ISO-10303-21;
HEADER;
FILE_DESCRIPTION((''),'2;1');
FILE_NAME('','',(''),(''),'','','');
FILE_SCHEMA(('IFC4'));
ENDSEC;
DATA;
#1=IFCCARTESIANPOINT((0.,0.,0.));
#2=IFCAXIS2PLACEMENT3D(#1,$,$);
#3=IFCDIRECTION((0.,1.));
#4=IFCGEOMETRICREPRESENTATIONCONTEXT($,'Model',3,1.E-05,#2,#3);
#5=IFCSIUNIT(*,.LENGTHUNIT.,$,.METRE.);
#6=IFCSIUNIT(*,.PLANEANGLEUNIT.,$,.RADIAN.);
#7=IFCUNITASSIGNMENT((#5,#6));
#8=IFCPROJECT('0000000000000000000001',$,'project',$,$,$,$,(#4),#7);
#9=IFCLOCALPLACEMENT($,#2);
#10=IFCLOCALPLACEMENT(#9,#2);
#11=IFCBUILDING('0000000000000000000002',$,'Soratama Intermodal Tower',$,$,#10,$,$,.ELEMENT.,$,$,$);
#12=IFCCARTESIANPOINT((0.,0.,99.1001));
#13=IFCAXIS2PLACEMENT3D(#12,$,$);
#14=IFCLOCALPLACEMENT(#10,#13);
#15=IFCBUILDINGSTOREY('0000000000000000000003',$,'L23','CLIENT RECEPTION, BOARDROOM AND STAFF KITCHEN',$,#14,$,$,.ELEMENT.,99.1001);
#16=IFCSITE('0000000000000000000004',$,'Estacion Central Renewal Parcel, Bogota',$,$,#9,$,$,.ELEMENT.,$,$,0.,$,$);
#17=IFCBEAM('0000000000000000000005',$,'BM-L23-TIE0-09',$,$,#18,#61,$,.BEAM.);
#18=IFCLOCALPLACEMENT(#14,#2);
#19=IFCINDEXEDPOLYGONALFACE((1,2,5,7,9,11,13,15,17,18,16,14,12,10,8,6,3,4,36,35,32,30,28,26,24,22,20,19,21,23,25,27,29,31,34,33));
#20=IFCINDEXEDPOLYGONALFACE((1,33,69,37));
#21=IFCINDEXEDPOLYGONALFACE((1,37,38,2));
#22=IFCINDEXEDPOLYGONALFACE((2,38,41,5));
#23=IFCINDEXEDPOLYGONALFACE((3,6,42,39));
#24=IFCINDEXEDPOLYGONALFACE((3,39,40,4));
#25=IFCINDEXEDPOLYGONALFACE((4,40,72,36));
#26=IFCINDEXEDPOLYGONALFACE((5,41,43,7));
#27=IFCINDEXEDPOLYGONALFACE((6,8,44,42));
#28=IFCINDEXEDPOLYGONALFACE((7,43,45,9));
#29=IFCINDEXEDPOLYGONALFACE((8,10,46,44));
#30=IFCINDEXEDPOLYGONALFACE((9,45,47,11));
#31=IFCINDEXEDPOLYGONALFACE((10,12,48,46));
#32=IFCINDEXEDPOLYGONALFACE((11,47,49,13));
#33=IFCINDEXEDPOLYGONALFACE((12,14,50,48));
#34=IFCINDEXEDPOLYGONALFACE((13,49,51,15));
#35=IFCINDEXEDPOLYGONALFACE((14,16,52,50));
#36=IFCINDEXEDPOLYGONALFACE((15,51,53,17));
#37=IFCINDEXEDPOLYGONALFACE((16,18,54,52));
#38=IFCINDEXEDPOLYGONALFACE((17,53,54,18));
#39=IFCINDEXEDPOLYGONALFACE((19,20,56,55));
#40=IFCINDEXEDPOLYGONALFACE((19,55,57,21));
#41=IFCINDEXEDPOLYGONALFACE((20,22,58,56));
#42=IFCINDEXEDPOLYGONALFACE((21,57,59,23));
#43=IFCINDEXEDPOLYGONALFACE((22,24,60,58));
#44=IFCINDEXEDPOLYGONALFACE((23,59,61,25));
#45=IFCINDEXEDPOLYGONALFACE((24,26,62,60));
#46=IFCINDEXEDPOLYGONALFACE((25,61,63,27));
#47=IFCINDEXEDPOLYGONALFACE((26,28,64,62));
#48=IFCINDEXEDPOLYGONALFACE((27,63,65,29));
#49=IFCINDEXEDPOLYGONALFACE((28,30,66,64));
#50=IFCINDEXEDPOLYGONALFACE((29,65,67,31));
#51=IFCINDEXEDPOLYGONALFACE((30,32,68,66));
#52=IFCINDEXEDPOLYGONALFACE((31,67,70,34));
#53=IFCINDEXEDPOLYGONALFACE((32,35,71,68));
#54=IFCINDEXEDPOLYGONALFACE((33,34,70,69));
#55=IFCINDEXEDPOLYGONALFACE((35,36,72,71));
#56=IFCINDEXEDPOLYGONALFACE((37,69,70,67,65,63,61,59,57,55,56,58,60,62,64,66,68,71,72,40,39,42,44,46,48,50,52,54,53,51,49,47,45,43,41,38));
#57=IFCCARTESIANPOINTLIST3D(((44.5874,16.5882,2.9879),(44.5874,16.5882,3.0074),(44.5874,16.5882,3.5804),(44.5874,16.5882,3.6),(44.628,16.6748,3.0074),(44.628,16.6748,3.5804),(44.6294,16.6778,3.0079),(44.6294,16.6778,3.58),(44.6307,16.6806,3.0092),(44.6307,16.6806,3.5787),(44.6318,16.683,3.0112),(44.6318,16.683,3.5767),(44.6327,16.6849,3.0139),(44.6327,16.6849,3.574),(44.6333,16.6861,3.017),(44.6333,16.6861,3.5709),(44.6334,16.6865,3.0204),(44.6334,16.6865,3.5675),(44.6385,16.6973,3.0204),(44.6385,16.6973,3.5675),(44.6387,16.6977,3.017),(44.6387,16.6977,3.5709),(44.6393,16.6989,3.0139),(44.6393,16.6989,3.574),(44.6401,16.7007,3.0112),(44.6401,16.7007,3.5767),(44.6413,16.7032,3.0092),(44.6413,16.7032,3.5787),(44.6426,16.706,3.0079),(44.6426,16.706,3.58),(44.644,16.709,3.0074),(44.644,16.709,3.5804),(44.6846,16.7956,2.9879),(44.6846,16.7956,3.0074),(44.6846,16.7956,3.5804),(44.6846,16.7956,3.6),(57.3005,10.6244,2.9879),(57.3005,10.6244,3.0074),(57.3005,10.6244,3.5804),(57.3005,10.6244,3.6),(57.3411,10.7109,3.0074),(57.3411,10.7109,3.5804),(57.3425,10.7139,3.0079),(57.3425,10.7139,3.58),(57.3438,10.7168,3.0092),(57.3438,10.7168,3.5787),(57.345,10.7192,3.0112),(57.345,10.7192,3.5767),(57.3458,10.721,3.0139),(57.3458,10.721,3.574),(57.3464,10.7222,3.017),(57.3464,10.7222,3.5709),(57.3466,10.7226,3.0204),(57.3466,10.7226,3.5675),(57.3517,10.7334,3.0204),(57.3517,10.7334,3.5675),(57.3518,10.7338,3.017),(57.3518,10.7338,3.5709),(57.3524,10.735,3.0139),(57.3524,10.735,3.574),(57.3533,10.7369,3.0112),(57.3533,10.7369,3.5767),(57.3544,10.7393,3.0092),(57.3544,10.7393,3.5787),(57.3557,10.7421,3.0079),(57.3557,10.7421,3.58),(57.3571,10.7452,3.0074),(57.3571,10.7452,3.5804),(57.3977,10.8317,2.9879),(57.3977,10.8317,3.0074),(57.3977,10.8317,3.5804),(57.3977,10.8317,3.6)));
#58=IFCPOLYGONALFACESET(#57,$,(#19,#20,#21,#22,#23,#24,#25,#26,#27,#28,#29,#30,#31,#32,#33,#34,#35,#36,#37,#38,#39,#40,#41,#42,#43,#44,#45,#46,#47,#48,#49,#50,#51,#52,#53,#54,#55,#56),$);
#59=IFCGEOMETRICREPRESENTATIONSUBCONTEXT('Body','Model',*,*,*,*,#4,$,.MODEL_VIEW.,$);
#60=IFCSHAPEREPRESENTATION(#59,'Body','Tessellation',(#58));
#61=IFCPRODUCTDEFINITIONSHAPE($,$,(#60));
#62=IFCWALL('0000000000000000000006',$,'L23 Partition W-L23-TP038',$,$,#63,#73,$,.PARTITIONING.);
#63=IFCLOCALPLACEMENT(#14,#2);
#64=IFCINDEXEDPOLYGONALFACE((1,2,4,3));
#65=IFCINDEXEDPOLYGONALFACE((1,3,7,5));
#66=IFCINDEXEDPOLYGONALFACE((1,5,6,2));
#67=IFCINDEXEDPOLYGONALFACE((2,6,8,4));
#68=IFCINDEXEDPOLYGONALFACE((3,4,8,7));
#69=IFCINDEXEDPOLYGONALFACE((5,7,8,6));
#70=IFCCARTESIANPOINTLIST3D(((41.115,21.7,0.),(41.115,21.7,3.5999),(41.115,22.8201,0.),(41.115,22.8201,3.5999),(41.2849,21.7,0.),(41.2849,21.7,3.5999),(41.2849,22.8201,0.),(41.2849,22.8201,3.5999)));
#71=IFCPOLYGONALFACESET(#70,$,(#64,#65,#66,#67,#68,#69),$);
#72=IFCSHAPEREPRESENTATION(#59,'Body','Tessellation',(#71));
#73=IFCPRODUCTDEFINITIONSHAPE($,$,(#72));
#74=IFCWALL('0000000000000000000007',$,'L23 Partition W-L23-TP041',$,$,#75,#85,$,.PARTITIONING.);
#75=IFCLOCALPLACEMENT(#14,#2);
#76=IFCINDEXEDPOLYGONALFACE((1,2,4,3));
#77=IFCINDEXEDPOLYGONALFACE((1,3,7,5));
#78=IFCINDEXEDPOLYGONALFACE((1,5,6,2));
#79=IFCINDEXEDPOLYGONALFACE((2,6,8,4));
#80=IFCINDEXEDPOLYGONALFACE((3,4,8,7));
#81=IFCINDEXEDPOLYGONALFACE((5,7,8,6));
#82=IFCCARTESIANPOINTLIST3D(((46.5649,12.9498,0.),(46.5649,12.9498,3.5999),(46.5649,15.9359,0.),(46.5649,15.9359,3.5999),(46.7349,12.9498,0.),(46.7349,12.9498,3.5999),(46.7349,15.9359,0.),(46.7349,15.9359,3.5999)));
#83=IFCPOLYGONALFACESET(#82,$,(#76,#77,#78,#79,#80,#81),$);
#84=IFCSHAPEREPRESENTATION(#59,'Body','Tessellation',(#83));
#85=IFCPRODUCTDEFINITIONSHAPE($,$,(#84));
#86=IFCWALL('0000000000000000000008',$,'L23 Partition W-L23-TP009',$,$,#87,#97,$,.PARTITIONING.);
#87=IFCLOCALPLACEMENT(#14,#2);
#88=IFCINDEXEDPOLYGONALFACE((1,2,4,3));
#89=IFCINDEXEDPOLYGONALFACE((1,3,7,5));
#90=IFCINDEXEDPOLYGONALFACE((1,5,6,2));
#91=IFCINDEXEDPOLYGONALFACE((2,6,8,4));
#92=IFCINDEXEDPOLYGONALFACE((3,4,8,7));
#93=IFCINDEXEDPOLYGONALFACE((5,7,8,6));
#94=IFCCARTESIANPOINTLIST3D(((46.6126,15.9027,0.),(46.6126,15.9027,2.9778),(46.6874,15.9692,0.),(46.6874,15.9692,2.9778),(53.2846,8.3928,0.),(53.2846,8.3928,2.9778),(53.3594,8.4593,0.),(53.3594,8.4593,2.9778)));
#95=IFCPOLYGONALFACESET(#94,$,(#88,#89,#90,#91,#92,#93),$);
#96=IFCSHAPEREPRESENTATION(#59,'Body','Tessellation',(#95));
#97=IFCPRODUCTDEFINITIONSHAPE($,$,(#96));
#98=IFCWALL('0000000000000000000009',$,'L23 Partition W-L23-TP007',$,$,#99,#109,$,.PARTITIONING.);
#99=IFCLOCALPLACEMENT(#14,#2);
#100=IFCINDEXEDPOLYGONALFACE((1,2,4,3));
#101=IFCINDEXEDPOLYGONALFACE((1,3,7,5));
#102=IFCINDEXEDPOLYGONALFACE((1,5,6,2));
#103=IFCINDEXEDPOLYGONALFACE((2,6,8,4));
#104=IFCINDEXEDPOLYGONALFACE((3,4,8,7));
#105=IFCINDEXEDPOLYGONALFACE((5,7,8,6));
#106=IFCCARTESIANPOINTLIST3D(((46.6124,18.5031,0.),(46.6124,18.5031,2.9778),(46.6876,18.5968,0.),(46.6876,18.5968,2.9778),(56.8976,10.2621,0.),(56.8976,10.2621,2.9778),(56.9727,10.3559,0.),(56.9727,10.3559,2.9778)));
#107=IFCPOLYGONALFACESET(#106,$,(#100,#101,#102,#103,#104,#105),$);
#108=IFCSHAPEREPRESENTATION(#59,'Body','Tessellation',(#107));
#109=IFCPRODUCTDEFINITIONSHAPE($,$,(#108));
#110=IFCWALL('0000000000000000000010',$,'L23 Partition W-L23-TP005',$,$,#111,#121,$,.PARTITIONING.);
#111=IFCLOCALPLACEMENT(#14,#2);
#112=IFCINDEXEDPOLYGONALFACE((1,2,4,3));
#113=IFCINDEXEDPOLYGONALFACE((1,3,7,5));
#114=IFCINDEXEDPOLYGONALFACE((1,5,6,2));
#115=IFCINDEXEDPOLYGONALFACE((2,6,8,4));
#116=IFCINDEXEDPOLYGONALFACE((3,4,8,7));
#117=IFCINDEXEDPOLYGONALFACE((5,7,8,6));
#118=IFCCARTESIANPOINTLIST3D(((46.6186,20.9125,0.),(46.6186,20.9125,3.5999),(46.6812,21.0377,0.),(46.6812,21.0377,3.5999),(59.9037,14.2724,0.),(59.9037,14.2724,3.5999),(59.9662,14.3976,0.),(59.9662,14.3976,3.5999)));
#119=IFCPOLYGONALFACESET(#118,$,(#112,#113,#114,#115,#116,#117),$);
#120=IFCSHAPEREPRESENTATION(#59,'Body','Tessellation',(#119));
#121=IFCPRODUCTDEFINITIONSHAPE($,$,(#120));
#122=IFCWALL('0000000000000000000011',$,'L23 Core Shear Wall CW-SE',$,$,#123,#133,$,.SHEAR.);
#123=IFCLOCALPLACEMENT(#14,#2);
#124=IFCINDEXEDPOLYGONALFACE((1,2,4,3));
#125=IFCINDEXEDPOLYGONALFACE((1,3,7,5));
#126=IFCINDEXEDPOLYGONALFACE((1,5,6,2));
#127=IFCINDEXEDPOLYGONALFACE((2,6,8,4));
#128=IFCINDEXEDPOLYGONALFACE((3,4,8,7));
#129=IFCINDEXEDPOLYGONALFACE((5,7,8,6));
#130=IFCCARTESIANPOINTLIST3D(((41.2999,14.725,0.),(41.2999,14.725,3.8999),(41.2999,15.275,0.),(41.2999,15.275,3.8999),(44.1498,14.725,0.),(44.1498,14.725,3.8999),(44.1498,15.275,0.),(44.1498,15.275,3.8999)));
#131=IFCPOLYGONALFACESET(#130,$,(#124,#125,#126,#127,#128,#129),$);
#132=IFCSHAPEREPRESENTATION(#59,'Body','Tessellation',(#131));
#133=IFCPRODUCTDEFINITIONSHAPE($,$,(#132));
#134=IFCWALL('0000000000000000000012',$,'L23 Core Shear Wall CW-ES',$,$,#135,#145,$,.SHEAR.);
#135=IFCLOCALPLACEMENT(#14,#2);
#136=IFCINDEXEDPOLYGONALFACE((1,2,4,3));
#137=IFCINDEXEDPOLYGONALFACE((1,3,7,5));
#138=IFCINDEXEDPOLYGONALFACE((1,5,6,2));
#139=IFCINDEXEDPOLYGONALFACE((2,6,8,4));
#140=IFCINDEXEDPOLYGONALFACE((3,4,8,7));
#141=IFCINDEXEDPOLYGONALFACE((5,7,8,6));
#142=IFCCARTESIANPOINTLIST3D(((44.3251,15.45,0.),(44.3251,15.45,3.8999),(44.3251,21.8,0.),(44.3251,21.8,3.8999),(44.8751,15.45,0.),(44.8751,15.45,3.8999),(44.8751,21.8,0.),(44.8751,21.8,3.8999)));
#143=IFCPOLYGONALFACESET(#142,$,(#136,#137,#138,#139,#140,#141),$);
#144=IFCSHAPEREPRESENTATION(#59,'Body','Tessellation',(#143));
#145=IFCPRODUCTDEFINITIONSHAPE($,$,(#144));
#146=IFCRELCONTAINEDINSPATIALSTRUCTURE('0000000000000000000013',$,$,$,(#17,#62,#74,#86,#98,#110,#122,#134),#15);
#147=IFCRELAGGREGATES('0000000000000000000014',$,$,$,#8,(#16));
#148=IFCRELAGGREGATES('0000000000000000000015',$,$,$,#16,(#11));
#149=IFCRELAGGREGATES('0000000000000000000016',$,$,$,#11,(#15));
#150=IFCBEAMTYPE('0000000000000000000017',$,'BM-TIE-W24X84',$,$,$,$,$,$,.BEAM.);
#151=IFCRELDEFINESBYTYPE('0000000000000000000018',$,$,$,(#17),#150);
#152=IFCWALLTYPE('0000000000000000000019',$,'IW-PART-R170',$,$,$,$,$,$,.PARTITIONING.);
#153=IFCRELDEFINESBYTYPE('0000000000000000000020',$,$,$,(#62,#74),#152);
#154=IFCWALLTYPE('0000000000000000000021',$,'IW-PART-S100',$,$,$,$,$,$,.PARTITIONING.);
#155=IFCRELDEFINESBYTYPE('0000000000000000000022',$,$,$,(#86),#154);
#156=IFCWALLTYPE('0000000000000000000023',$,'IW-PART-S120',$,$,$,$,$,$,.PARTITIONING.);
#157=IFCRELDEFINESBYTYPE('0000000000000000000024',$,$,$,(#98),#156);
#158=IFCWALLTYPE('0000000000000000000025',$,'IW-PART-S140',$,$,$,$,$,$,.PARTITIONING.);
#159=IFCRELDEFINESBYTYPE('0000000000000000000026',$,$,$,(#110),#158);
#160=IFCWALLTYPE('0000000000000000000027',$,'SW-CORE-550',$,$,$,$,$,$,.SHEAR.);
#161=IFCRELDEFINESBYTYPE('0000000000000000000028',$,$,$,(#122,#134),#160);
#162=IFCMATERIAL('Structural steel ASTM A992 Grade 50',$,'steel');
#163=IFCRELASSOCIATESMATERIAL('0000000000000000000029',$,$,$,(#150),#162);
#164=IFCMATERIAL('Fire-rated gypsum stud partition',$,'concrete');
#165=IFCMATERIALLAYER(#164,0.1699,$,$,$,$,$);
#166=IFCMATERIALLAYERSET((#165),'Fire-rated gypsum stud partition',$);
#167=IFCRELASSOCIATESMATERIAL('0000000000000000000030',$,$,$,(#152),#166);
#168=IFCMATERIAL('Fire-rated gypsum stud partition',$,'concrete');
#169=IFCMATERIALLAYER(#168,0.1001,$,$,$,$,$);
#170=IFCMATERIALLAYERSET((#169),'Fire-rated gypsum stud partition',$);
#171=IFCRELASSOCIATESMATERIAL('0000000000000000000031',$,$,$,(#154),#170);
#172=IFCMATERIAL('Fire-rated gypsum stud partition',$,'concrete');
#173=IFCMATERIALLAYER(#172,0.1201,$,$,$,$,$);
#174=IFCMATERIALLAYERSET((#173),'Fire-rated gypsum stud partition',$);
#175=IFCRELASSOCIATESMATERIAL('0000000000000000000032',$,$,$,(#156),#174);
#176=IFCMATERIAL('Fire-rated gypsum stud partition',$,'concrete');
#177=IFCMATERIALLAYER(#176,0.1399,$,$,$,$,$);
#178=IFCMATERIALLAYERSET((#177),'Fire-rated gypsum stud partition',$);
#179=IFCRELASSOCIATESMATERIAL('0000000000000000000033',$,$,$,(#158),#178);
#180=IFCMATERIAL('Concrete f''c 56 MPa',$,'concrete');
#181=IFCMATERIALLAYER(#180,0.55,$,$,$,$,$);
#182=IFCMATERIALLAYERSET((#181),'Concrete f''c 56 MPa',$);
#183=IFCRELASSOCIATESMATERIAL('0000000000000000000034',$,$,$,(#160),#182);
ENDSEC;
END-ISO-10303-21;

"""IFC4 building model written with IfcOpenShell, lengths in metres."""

from ifc_helpers import new_model, si_unit, direction, frame, frame_2d, origin, origin_2d, place, context, subcontext, project, spatial, rectangle, i_section, extrude, material, layer, layer_set, material_profile, profile_set, type_object, element, save


model = new_model("IFC4")

# Units and contexts
model_context = context("Model", 3, precision=1e-05, world=origin(), true_north=direction((0.0, 1.0)))
body_context = subcontext(model_context, "Body", "Model", "MODEL_VIEW")
ifc_project = project(units=[si_unit("LENGTHUNIT", "METRE"), si_unit("PLANEANGLEUNIT", "RADIAN")], contexts=[model_context])

# Site, building, storey
site_placement = place(None, origin())
site = spatial("IfcSite", under=ifc_project, at=site_placement, Name="Estacion Central Renewal Parcel, Bogota", CompositionType="ELEMENT", RefElevation=0.0)
building_placement = place(site_placement, origin())
building = spatial("IfcBuilding", under=site, at=building_placement, Name="Soratama Intermodal Tower", CompositionType="ELEMENT")
storey_placement = place(building_placement, frame((0.0, 0.0, 99.1001)))
storey = spatial("IfcBuildingStorey", under=building, at=storey_placement, Name="L23", Description="CLIENT RECEPTION, BOARDROOM AND STAFF KITCHEN", CompositionType="ELEMENT", Elevation=99.1001)

# Beam
ifc_material_1 = material(Name="Structural steel ASTM A992 Grade 50", Category="steel")
ifc_material_profile_1 = material_profile(ifc_material_1, i_section(OverallWidth=0.229, OverallDepth=0.6121, WebThickness=0.012, FlangeThickness=0.0195, FilletRadius=0.0129, at=origin_2d()), Name="W24X84")
ifc_profile_set_1 = profile_set([ifc_material_profile_1], Name="Structural steel ASTM A992 Grade 50")
beam_type_1 = type_object("IfcBeamType", Name="BM-TIE-W24X84", PredefinedType="BEAM", material=ifc_profile_set_1)
beam_1_placement = place(storey_placement, frame((44.636, 16.6919, 3.2939), z_axis=(0.905333, -0.424702, 0.0), x_axis=(0.424702, 0.905333, 0.0)))
element("IfcBeam", 1, at=beam_1_placement, inside=storey, type_object=beam_type_1, Name="BM-L23-TIE0-09", PredefinedType="BEAM", context=body_context, shape_type="SweptSolid", body=[
    extrude(i_section(OverallWidth=0.229, OverallDepth=0.6121, WebThickness=0.012, FlangeThickness=0.0195, FilletRadius=0.0129, at=origin_2d()), origin(), (0.0, 0.0, 1.0), 14.0425),
])

# Shared definitions
ifc_material_2 = material(Name="Fire-rated gypsum stud partition", Category="concrete")
ifc_layer_1 = layer(ifc_material_2, 0.1699)
ifc_layer_set_1 = layer_set([ifc_layer_1], Name="Fire-rated gypsum stud partition")
wall_type_1 = type_object("IfcWallType", Name="IW-PART-R170", PredefinedType="PARTITIONING", material=ifc_layer_set_1)

# Walls
wall_1_placement = place(storey_placement, frame((41.2, 21.7, 0.0), z_axis=(0.0, 0.0, 1.0), x_axis=(0.0, 1.0, 0.0)))
element("IfcWall", 2, at=wall_1_placement, inside=storey, type_object=wall_type_1, Name="L23 Partition W-L23-TP038", PredefinedType="PARTITIONING", context=body_context, shape_type="SweptSolid", body=[
    extrude(rectangle(XDim=1.1201, YDim=0.1699, at=frame_2d((0.5601, 0.0))), origin(), (0.0, 0.0, 1.0), 3.5999),
])
wall_2_placement = place(storey_placement, frame((46.6499, 15.936, 0.0), z_axis=(0.0, 0.0, 1.0), x_axis=(0.0, -1.0, 0.0)))
element("IfcWall", 3, at=wall_2_placement, inside=storey, type_object=wall_type_1, Name="L23 Partition W-L23-TP041", PredefinedType="PARTITIONING", context=body_context, shape_type="SweptSolid", body=[
    extrude(rectangle(XDim=2.9861, YDim=0.1699, at=frame_2d((1.4932, 0.0))), origin(), (0.0, 0.0, 1.0), 3.5999),
])
ifc_material_3 = material(Name="Fire-rated gypsum stud partition", Category="concrete")
ifc_layer_2 = layer(ifc_material_3, 0.1001)
ifc_layer_set_2 = layer_set([ifc_layer_2], Name="Fire-rated gypsum stud partition")
wall_type_2 = type_object("IfcWallType", Name="IW-PART-S100", PredefinedType="PARTITIONING", material=ifc_layer_set_2)
wall_3_placement = place(storey_placement, frame((46.6499, 15.936, 0.0), z_axis=(0.0, 0.0, 1.0), x_axis=(0.664172, -0.74758, 0.0)))
element("IfcWall", 4, at=wall_3_placement, inside=storey, type_object=wall_type_2, Name="L23 Partition W-L23-TP009", PredefinedType="PARTITIONING", context=body_context, shape_type="SweptSolid", body=[
    extrude(rectangle(XDim=10.0457, YDim=0.1001, at=frame_2d((5.0229, 0.0))), origin(), (0.0, 0.0, 1.0), 2.9778),
])
ifc_material_4 = material(Name="Fire-rated gypsum stud partition", Category="concrete")
ifc_layer_3 = layer(ifc_material_4, 0.1201)
ifc_layer_set_3 = layer_set([ifc_layer_3], Name="Fire-rated gypsum stud partition")
wall_type_3 = type_object("IfcWallType", Name="IW-PART-S120", PredefinedType="PARTITIONING", material=ifc_layer_set_3)
wall_4_placement = place(storey_placement, frame((46.6499, 18.55, 0.0), z_axis=(0.0, 0.0, 1.0), x_axis=(0.780393, -0.625289, 0.0)))
element("IfcWall", 5, at=wall_4_placement, inside=storey, type_object=wall_type_3, Name="L23 Partition W-L23-TP007", PredefinedType="PARTITIONING", context=body_context, shape_type="SweptSolid", body=[
    extrude(rectangle(XDim=13.1794, YDim=0.1201, at=frame_2d((6.5898, 0.0))), origin(), (0.0, 0.0, 1.0), 2.9778),
])
ifc_material_5 = material(Name="Fire-rated gypsum stud partition", Category="concrete")
ifc_layer_4 = layer(ifc_material_5, 0.1399)
ifc_layer_set_4 = layer_set([ifc_layer_4], Name="Fire-rated gypsum stud partition")
wall_type_4 = type_object("IfcWallType", Name="IW-PART-S140", PredefinedType="PARTITIONING", material=ifc_layer_set_4)
wall_5_placement = place(storey_placement, frame((46.6499, 20.9751, 0.0), z_axis=(0.0, 0.0, 1.0), x_axis=(0.894493, -0.447082, 0.0)))
element("IfcWall", 6, at=wall_5_placement, inside=storey, type_object=wall_type_4, Name="L23 Partition W-L23-TP005", PredefinedType="PARTITIONING", context=body_context, shape_type="SweptSolid", body=[
    extrude(rectangle(XDim=14.8521, YDim=0.1399, at=frame_2d((7.426, 0.0))), origin(), (0.0, 0.0, 1.0), 3.5999),
])
ifc_material_6 = material(Name="Concrete f'c 56 MPa", Category="concrete")
ifc_layer_5 = layer(ifc_material_6, 0.55)
ifc_layer_set_5 = layer_set([ifc_layer_5], Name="Concrete f'c 56 MPa")
wall_type_5 = type_object("IfcWallType", Name="SW-CORE-550", PredefinedType="SHEAR", material=ifc_layer_set_5)
wall_6_placement = place(storey_placement, frame((41.3, 15.0, 0.0), z_axis=(0.0, 0.0, 1.0), x_axis=(1.0, 0.0, 0.0)))
element("IfcWall", 7, at=wall_6_placement, inside=storey, type_object=wall_type_5, Name="L23 Core Shear Wall CW-SE", PredefinedType="SHEAR", context=body_context, shape_type="SweptSolid", body=[
    extrude(rectangle(XDim=2.8499, YDim=0.55, at=frame_2d((1.4248, 0.0))), origin(), (0.0, 0.0, 1.0), 3.8999),
])
wall_7_placement = place(storey_placement, frame((44.6001, 15.45, 0.0), z_axis=(0.0, 0.0, 1.0), x_axis=(0.0, 1.0, 0.0)))
element("IfcWall", 8, at=wall_7_placement, inside=storey, type_object=wall_type_5, Name="L23 Core Shear Wall CW-ES", PredefinedType="SHEAR", context=body_context, shape_type="SweptSolid", body=[
    extrude(rectangle(XDim=6.3501, YDim=0.55, at=frame_2d((3.175, 0.0))), origin(), (0.0, 0.0, 1.0), 3.8999),
])

save(model, "model.ifc")
